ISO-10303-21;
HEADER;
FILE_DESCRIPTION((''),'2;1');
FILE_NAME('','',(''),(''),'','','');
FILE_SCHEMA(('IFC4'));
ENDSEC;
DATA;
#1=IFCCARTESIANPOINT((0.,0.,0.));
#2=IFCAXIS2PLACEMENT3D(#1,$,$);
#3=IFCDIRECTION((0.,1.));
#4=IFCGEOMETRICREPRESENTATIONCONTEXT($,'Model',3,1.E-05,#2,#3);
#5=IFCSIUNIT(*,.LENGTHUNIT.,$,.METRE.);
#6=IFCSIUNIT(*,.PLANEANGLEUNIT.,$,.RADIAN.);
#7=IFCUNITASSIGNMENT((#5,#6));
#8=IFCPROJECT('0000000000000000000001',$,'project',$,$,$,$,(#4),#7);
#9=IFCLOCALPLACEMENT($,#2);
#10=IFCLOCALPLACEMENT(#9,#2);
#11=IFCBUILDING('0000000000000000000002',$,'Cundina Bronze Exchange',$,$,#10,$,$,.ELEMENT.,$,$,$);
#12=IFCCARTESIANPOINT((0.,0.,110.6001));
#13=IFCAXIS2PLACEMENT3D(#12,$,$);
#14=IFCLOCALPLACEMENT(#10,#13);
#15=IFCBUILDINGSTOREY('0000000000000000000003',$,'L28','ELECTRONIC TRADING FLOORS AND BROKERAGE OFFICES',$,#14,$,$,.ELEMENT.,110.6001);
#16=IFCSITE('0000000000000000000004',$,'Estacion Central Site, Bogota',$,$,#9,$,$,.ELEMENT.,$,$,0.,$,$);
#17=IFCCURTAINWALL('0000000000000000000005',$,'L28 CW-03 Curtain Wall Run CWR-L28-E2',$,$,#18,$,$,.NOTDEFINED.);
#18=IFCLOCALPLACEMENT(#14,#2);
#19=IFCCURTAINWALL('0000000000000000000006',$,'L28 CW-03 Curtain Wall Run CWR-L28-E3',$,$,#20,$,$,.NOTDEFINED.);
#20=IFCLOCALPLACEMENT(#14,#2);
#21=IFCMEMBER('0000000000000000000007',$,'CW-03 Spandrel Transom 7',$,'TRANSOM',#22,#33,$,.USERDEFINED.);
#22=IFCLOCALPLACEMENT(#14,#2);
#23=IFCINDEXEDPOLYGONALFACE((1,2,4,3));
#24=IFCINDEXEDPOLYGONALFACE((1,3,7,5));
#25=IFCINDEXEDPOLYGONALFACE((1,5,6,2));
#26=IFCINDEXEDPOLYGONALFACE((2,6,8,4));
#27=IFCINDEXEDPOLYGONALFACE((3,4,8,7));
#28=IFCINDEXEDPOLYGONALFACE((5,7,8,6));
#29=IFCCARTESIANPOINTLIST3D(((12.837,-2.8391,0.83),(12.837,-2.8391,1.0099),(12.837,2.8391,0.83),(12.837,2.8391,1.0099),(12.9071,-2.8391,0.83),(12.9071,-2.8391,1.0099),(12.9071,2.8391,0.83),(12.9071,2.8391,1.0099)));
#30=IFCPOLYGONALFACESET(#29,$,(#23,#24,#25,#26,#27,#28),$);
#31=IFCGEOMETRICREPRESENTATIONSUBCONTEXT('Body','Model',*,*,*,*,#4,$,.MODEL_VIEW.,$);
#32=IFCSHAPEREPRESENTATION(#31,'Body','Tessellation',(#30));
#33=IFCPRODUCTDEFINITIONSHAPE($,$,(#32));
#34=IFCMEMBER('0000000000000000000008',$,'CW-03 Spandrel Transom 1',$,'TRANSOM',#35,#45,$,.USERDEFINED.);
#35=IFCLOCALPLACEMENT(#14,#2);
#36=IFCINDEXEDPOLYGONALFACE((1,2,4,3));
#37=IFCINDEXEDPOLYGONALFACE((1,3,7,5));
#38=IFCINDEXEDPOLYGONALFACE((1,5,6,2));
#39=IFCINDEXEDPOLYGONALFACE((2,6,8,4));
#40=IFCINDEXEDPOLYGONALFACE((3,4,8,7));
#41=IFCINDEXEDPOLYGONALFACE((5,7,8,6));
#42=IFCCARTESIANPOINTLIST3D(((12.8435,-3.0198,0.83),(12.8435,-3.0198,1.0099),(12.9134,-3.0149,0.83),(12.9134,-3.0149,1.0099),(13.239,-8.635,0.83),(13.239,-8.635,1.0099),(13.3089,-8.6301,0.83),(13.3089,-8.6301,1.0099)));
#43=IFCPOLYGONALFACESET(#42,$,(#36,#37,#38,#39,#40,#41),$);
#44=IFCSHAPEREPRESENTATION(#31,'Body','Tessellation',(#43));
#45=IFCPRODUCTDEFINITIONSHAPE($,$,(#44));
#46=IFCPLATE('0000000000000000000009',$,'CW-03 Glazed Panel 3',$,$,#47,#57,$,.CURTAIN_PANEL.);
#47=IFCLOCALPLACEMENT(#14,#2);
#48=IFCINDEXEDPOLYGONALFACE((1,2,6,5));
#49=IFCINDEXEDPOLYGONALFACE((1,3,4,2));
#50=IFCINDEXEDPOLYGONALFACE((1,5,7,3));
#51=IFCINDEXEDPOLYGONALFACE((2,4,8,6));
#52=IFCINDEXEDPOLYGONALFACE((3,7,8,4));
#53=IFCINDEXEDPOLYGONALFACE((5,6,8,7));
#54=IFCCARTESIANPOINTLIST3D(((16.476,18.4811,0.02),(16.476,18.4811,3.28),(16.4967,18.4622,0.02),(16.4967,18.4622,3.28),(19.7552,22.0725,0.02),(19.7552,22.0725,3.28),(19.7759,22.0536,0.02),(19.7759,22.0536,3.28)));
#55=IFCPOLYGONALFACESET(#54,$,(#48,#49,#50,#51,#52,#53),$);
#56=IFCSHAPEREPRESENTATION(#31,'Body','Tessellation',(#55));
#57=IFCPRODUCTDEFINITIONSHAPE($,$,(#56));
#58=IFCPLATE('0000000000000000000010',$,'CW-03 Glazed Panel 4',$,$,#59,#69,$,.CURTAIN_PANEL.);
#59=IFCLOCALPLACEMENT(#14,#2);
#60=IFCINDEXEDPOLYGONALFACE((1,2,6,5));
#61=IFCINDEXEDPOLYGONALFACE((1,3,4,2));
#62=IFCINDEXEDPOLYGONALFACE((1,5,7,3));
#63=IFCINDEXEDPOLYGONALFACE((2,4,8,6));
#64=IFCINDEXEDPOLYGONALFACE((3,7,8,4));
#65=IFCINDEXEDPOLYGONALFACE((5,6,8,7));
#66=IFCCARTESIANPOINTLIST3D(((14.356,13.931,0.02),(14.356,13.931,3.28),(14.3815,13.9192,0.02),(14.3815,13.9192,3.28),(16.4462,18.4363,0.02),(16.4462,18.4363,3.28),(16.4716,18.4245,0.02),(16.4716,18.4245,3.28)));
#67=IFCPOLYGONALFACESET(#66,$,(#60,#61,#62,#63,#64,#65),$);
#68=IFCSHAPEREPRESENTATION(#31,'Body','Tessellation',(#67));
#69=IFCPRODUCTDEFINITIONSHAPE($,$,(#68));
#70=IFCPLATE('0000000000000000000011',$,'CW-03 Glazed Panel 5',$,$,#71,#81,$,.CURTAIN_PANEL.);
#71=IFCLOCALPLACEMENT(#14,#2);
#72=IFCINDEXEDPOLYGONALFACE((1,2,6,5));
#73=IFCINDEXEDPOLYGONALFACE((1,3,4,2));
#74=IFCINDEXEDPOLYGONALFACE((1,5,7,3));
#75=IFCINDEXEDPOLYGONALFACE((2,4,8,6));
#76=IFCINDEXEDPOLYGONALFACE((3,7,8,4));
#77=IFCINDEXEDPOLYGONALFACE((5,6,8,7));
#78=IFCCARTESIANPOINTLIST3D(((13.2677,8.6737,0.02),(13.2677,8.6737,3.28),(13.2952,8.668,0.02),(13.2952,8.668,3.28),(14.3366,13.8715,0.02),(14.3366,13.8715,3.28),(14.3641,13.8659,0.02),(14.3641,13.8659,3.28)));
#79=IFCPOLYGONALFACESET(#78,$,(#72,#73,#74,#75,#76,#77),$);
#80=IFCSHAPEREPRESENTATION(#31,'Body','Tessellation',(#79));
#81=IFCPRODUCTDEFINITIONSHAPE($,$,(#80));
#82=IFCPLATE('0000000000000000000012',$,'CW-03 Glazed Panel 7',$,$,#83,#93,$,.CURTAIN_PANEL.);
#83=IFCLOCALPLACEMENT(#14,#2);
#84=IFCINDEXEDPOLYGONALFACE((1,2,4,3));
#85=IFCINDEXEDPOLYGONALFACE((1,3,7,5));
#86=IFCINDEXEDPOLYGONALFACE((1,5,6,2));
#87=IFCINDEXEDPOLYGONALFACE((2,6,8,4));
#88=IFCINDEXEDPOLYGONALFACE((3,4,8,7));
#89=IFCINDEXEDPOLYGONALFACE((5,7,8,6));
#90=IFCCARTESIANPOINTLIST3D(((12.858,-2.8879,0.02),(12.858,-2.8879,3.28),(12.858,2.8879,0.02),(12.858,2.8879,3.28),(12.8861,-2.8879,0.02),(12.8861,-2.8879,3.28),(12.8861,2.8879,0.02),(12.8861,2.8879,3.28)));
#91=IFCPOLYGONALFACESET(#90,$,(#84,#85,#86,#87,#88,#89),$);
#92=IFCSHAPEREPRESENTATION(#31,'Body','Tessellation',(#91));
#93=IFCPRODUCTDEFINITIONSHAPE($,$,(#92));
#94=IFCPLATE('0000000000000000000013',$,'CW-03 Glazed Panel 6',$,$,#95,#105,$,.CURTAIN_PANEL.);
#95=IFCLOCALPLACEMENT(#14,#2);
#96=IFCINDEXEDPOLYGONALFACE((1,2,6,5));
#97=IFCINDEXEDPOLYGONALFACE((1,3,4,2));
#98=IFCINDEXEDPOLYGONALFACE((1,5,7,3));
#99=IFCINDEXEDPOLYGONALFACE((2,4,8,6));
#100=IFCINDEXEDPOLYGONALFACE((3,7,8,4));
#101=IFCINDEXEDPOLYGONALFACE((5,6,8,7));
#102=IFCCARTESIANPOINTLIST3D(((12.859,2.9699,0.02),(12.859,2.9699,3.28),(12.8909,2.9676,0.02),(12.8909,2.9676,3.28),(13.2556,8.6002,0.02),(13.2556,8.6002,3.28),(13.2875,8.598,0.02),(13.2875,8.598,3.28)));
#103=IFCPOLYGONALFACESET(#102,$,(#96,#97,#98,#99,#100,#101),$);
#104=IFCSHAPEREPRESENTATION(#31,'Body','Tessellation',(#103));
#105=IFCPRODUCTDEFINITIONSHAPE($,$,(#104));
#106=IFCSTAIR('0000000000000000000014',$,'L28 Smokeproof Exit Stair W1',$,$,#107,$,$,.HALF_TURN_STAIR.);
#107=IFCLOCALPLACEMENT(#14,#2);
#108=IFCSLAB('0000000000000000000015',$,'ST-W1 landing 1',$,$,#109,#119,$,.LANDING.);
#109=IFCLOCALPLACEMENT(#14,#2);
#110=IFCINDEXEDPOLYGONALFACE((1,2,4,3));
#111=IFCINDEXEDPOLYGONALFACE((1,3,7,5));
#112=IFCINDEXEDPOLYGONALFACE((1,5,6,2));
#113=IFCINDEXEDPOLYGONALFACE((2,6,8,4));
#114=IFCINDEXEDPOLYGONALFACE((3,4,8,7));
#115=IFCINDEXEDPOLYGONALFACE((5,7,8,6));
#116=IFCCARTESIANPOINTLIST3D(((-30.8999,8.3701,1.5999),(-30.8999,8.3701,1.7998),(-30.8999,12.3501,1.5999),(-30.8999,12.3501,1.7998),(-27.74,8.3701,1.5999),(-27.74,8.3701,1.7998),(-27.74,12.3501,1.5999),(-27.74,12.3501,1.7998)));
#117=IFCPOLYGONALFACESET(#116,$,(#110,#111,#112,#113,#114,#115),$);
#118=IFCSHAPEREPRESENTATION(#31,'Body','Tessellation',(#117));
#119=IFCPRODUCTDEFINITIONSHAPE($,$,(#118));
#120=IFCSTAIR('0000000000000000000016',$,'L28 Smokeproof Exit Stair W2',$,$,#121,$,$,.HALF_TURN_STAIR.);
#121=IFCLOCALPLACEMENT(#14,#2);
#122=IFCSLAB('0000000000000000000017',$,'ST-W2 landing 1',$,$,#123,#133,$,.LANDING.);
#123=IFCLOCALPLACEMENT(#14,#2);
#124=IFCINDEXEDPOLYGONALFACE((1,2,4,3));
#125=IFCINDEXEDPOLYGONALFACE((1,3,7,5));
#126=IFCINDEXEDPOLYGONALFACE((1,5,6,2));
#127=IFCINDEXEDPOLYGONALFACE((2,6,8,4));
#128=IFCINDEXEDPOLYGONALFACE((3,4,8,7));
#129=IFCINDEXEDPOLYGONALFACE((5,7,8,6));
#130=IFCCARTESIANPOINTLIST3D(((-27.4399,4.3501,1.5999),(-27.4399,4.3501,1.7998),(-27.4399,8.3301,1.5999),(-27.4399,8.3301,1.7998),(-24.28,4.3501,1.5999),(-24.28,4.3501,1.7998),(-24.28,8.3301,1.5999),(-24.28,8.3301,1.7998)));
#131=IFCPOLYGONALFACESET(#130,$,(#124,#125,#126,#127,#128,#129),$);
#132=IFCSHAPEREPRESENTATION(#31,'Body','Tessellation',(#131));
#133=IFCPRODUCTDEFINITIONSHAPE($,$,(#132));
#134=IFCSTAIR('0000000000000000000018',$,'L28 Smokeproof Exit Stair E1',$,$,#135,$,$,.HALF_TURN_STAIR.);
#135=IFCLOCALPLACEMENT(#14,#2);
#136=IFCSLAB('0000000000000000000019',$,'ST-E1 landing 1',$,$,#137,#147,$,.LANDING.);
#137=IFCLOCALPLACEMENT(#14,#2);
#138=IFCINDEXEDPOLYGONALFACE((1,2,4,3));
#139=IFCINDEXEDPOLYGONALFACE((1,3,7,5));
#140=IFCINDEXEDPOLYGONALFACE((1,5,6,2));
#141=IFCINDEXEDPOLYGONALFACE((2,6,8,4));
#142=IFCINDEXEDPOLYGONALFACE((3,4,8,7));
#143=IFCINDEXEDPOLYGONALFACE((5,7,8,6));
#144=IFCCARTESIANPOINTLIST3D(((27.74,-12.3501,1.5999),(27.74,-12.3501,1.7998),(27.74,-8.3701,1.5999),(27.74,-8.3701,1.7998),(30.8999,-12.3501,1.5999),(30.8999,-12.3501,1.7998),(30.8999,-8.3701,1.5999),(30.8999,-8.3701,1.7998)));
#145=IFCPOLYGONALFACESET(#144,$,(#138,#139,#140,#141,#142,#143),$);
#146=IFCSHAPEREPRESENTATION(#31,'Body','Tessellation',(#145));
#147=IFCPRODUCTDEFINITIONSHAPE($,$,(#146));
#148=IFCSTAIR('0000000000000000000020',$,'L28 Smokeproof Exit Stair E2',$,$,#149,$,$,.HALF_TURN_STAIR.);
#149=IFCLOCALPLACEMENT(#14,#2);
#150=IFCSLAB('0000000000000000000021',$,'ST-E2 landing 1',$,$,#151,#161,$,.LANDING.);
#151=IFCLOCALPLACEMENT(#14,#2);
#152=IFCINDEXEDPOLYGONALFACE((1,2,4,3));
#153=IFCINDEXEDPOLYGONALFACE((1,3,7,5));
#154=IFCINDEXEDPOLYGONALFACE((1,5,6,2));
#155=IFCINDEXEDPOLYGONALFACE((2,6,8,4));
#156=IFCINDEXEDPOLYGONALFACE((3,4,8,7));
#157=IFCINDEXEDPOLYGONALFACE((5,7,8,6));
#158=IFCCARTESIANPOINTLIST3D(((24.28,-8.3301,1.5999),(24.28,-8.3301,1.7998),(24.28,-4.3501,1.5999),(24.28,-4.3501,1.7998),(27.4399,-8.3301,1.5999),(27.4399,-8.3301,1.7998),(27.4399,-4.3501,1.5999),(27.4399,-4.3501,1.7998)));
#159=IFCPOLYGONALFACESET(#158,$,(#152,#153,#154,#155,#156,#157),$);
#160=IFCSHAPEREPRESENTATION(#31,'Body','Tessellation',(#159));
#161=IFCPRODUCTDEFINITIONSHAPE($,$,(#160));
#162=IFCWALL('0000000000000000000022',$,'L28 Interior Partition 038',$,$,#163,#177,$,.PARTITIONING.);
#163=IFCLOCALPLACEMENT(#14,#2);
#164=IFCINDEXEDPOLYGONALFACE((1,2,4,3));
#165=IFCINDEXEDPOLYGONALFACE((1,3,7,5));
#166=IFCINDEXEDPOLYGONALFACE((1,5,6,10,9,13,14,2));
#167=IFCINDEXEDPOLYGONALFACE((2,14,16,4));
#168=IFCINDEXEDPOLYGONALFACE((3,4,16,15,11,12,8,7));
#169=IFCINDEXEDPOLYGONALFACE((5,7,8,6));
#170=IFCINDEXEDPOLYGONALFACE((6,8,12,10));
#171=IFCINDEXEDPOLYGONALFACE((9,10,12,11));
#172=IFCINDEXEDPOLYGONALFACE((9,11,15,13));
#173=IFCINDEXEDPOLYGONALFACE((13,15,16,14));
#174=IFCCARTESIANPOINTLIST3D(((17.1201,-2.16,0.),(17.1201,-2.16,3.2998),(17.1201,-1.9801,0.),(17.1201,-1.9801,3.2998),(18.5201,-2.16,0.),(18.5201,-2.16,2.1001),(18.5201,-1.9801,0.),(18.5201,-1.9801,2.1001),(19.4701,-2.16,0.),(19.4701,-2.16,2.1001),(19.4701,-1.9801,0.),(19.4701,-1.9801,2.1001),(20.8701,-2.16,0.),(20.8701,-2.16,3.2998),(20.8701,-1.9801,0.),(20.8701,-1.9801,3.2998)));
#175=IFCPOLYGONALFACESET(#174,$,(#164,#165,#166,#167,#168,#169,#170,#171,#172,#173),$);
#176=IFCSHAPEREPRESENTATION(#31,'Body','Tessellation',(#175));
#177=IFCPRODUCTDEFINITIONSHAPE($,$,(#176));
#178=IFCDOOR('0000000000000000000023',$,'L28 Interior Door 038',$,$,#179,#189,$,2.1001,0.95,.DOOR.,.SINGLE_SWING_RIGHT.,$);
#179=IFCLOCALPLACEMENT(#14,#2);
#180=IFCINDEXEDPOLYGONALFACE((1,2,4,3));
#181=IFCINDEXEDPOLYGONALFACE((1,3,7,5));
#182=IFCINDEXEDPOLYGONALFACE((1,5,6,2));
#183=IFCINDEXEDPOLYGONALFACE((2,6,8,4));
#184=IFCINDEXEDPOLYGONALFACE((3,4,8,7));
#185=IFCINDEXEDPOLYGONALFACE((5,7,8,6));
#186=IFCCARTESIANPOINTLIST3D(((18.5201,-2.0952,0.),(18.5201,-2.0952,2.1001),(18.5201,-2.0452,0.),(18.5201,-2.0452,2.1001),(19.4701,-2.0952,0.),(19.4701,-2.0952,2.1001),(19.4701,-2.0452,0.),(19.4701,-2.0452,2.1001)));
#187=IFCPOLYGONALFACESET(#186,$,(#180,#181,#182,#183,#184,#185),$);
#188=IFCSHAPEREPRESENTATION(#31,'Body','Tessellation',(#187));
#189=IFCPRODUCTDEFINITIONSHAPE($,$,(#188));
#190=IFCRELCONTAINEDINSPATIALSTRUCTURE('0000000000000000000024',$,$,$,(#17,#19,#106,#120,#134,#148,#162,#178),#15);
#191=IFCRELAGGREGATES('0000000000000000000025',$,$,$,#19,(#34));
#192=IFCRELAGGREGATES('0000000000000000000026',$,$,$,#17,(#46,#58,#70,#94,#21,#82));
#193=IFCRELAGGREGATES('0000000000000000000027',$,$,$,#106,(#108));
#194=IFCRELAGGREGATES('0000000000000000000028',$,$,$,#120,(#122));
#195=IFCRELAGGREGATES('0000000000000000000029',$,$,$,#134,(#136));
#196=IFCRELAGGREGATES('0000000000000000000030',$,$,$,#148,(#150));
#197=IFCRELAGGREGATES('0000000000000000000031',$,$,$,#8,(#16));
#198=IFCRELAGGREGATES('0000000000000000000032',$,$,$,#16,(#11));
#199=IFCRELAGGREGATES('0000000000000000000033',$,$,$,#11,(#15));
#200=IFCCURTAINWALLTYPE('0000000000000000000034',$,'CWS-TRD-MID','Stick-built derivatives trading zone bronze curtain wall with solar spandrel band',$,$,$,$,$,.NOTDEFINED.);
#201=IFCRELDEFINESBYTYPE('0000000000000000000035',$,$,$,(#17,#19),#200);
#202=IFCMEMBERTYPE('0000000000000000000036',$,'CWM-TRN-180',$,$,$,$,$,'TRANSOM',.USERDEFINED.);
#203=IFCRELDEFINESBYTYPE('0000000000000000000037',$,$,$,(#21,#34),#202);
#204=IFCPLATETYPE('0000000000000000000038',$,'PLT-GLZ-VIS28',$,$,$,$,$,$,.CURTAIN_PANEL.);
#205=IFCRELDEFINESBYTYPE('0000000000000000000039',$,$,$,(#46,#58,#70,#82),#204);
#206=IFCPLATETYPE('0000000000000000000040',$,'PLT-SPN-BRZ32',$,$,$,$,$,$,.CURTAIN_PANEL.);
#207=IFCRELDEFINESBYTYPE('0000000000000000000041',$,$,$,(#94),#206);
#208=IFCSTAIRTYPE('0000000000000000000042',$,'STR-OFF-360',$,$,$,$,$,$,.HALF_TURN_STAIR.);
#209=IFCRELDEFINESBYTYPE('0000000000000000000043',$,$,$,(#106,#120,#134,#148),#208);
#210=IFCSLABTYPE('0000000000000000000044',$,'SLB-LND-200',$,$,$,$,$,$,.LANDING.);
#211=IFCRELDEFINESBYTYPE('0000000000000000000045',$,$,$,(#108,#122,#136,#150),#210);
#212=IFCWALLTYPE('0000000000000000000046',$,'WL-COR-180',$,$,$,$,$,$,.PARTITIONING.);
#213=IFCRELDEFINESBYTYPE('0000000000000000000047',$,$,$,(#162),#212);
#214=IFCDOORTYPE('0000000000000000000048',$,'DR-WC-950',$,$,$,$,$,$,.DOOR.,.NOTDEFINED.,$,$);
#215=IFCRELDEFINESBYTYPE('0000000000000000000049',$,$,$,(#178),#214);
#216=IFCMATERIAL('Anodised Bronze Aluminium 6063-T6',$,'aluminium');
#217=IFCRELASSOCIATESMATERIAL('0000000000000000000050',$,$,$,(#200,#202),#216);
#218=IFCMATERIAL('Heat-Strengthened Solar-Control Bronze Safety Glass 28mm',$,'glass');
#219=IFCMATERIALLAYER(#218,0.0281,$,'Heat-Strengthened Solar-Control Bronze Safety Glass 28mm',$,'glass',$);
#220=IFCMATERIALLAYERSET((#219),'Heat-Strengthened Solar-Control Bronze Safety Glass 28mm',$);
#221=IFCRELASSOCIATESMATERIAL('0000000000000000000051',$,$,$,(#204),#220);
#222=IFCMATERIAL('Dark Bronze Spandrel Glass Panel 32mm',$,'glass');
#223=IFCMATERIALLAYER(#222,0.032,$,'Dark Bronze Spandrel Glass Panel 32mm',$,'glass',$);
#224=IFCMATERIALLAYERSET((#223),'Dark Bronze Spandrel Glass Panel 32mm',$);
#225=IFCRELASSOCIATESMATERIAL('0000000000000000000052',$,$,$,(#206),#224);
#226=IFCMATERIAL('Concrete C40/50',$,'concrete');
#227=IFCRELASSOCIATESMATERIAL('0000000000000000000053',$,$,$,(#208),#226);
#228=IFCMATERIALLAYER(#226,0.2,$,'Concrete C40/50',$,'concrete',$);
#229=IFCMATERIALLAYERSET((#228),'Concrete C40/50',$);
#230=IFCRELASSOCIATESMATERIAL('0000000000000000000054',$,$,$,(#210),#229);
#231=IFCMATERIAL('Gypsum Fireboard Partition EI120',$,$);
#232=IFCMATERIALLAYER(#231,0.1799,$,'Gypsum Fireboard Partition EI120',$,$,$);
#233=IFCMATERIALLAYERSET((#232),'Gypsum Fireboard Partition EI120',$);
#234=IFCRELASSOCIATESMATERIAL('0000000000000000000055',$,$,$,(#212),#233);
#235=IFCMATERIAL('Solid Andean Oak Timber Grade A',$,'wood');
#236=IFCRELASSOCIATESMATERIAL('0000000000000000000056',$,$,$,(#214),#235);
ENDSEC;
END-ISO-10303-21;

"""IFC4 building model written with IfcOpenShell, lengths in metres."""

from ifc_helpers import new_model, si_unit, direction, frame, frame_2d, origin, origin_2d, place, context, subcontext, project, spatial, polyline, rectangle, outline, extrude, material, layer, layer_set, material_profile, profile_set, type_object, element, fill, aggregate, save


model = new_model("IFC4")

# Units and contexts
model_context = context("Model", 3, precision=1e-05, world=origin(), true_north=direction((0.0, 1.0)))
body_context = subcontext(model_context, "Body", "Model", "MODEL_VIEW")
ifc_project = project(units=[si_unit("LENGTHUNIT", "METRE"), si_unit("PLANEANGLEUNIT", "RADIAN")], contexts=[model_context])

# Site, building, storey
site_placement = place(None, origin())
site = spatial("IfcSite", under=ifc_project, at=site_placement, Name="Estacion Central Site, Bogota", CompositionType="ELEMENT", RefElevation=0.0)
building_placement = place(site_placement, origin())
building = spatial("IfcBuilding", under=site, at=building_placement, Name="Cundina Bronze Exchange", CompositionType="ELEMENT")
storey_placement = place(building_placement, frame((0.0, 0.0, 110.6001)))
storey = spatial("IfcBuildingStorey", under=building, at=storey_placement, Name="L28", Description="ELECTRONIC TRADING FLOORS AND BROKERAGE OFFICES", CompositionType="ELEMENT", Elevation=110.6001)

# Curtain wall
ifc_material_1 = material(Name="Anodised Bronze Aluminium 6063-T6", Category="aluminium")
curtain_wall_type = type_object("IfcCurtainWallType", Name="CWS-TRD-MID", Description="Stick-built derivatives trading zone bronze curtain wall with solar spandrel band", PredefinedType="NOTDEFINED", material=ifc_material_1)
curtain_wall_1_placement = place(storey_placement, origin())
curtain_wall_1 = element("IfcCurtainWall", 1, at=curtain_wall_1_placement, inside=storey, type_object=curtain_wall_type, Name="L28 CW-03 Curtain Wall Run CWR-L28-E2", PredefinedType="NOTDEFINED")

# Curtain wall
curtain_wall_2_placement = place(storey_placement, origin())
curtain_wall_2 = element("IfcCurtainWall", 2, at=curtain_wall_2_placement, inside=storey, type_object=curtain_wall_type, Name="L28 CW-03 Curtain Wall Run CWR-L28-E3", PredefinedType="NOTDEFINED")

# Members
ifc_material_profile_1 = material_profile(ifc_material_1, rectangle(XDim=0.0701, YDim=0.1799, at=origin_2d()), Name="AL70X180", Category="aluminium")
ifc_profile_set_1 = profile_set([ifc_material_profile_1], Name="Anodised Bronze Aluminium 6063-T6")
member_type_1 = type_object("IfcMemberType", Name="CWM-TRN-180", ElementType="TRANSOM", PredefinedType="USERDEFINED", material=ifc_profile_set_1)
member_1_placement = place(storey_placement, frame((12.8721, 2.8391, 0.9199), z_axis=(0.0, -1.0, 0.0), x_axis=(1.0, 0.0, 0.0)))
member_1 = element("IfcMember", 3, at=member_1_placement, type_object=member_type_1, Name="CW-03 Spandrel Transom 7", ObjectType="TRANSOM", PredefinedType="USERDEFINED", context=body_context, shape_type="SweptSolid", body=[
    extrude(rectangle(XDim=0.0701, YDim=0.1799, at=origin_2d()), origin(), (0.0, 0.0, 1.0), 5.6782),
])
member_2_placement = place(storey_placement, frame((12.8784, -3.0173, 0.9199), z_axis=(0.070261, -0.997529, 0.0), x_axis=(0.997529, 0.070261, 0.0)))
member_2 = element("IfcMember", 4, at=member_2_placement, type_object=member_type_1, Name="CW-03 Spandrel Transom 1", ObjectType="TRANSOM", PredefinedType="USERDEFINED", context=body_context, shape_type="SweptSolid", body=[
    extrude(rectangle(XDim=0.0701, YDim=0.1799, at=origin_2d()), origin(), (0.0, 0.0, 1.0), 5.6292),
])
aggregate(curtain_wall_2, [member_2])

# Plates
ifc_material_2 = material(Name="Heat-Strengthened Solar-Control Bronze Safety Glass 28mm", Category="glass")
ifc_layer_1 = layer(ifc_material_2, 0.0281, Name="Heat-Strengthened Solar-Control Bronze Safety Glass 28mm", Category="glass")
ifc_layer_set_1 = layer_set([ifc_layer_1], Name="Heat-Strengthened Solar-Control Bronze Safety Glass 28mm")
plate_type_1 = type_object("IfcPlateType", Name="PLT-GLZ-VIS28", PredefinedType="CURTAIN_PANEL", material=ifc_layer_set_1)
plate_1_placement = place(storey_placement, frame((18.126, 20.2673, 0.02), z_axis=(0.0, 0.0, 1.0), x_axis=(-0.674277, -0.738479, 0.0)))
plate_1 = element("IfcPlate", 5, at=plate_1_placement, type_object=plate_type_1, Name="CW-03 Glazed Panel 3", PredefinedType="CURTAIN_PANEL", context=body_context, shape_type="SweptSolid", body=[
    extrude(rectangle(XDim=4.8633, YDim=0.0281, at=origin_2d()), origin(), (0.0, 0.0, 1.0), 3.26),
])
plate_2_placement = place(storey_placement, frame((15.4138, 16.1777, 0.02), z_axis=(0.0, 0.0, 1.0), x_axis=(-0.420846, -0.907132, 0.0)))
plate_2 = element("IfcPlate", 6, at=plate_2_placement, type_object=plate_type_1, Name="CW-03 Glazed Panel 4", PredefinedType="CURTAIN_PANEL", context=body_context, shape_type="SweptSolid", body=[
    extrude(rectangle(XDim=4.9666, YDim=0.0281, at=origin_2d()), origin(), (0.0, 0.0, 1.0), 3.26),
])
plate_3_placement = place(storey_placement, frame((13.8159, 11.2698, 0.02), z_axis=(0.0, 0.0, 1.0), x_axis=(-0.20142, -0.979505, 0.0)))
plate_3 = element("IfcPlate", 7, at=plate_3_placement, type_object=plate_type_1, Name="CW-03 Glazed Panel 5", PredefinedType="CURTAIN_PANEL", context=body_context, shape_type="SweptSolid", body=[
    extrude(rectangle(XDim=5.3066, YDim=0.0281, at=origin_2d()), origin(), (0.0, 0.0, 1.0), 3.26),
])
plate_4_placement = place(storey_placement, frame((12.8721, 0.0, 0.02), z_axis=(0.0, 0.0, 1.0), x_axis=(0.0, -1.0, 0.0)))
plate_4 = element("IfcPlate", 8, at=plate_4_placement, type_object=plate_type_1, Name="CW-03 Glazed Panel 7", PredefinedType="CURTAIN_PANEL", context=body_context, shape_type="SweptSolid", body=[
    extrude(rectangle(XDim=5.7759, YDim=0.0281, at=origin_2d()), origin(), (0.0, 0.0, 1.0), 3.26),
])
ifc_material_3 = material(Name="Dark Bronze Spandrel Glass Panel 32mm", Category="glass")
ifc_layer_2 = layer(ifc_material_3, 0.032, Name="Dark Bronze Spandrel Glass Panel 32mm", Category="glass")
ifc_layer_set_2 = layer_set([ifc_layer_2], Name="Dark Bronze Spandrel Glass Panel 32mm")
plate_type_2 = type_object("IfcPlateType", Name="PLT-SPN-BRZ32", PredefinedType="CURTAIN_PANEL", material=ifc_layer_set_2)
plate_5_placement = place(storey_placement, frame((13.0732, 5.7839, 0.02), z_axis=(0.0, 0.0, 1.0), x_axis=(-0.070279, -0.997527, 0.0)))
plate_5 = element("IfcPlate", 9, at=plate_5_placement, type_object=plate_type_2, Name="CW-03 Glazed Panel 6", PredefinedType="CURTAIN_PANEL", context=body_context, shape_type="SweptSolid", body=[
    extrude(rectangle(XDim=5.6443, YDim=0.032, at=origin_2d()), origin(), (0.0, 0.0, 1.0), 3.26),
])
aggregate(curtain_wall_1, [plate_1, plate_2, plate_3, plate_5, member_1, plate_4])

# Stairs, slabs
ifc_material_4 = material(Name="Concrete C40/50", Category="concrete")
stair_type = type_object("IfcStairType", Name="STR-OFF-360", PredefinedType="HALF_TURN_STAIR", material=ifc_material_4)
stair_1_placement = place(storey_placement, origin())
stair_1 = element("IfcStair", 10, at=stair_1_placement, inside=storey, type_object=stair_type, Name="L28 Smokeproof Exit Stair W1", PredefinedType="HALF_TURN_STAIR")
ifc_layer_3 = layer(ifc_material_4, 0.2, Name="Concrete C40/50", Category="concrete")
ifc_layer_set_3 = layer_set([ifc_layer_3], Name="Concrete C40/50")
slab_type = type_object("IfcSlabType", Name="SLB-LND-200", PredefinedType="LANDING", material=ifc_layer_set_3)
slab_1_placement = place(storey_placement, frame((0.0, 0.0, 1.5999)))
slab_1 = element("IfcSlab", 11, at=slab_1_placement, type_object=slab_type, Name="ST-W1 landing 1", PredefinedType="LANDING", context=body_context, shape_type="SweptSolid", body=[
    extrude(outline(polyline([(-27.74, 8.3701), (-27.74, 12.3501), (-30.8999, 12.3501), (-30.8999, 8.3701), (-27.74, 8.3701)])), origin(), (0.0, 0.0, 1.0), 0.2),
])
aggregate(stair_1, [slab_1])
stair_2_placement = place(storey_placement, origin())
stair_2 = element("IfcStair", 12, at=stair_2_placement, inside=storey, type_object=stair_type, Name="L28 Smokeproof Exit Stair W2", PredefinedType="HALF_TURN_STAIR")
slab_2_placement = place(storey_placement, frame((0.0, 0.0, 1.5999)))
slab_2 = element("IfcSlab", 13, at=slab_2_placement, type_object=slab_type, Name="ST-W2 landing 1", PredefinedType="LANDING", context=body_context, shape_type="SweptSolid", body=[
    extrude(outline(polyline([(-27.4399, 8.3301), (-27.4399, 4.3501), (-24.28, 4.3501), (-24.28, 8.3301), (-27.4399, 8.3301)])), origin(), (0.0, 0.0, 1.0), 0.2),
])
aggregate(stair_2, [slab_2])
stair_3_placement = place(storey_placement, origin())
stair_3 = element("IfcStair", 14, at=stair_3_placement, inside=storey, type_object=stair_type, Name="L28 Smokeproof Exit Stair E1", PredefinedType="HALF_TURN_STAIR")
slab_3_placement = place(storey_placement, frame((0.0, 0.0, 1.5999)))
slab_3 = element("IfcSlab", 15, at=slab_3_placement, type_object=slab_type, Name="ST-E1 landing 1", PredefinedType="LANDING", context=body_context, shape_type="SweptSolid", body=[
    extrude(outline(polyline([(27.74, -8.3701), (27.74, -12.3501), (30.8999, -12.3501), (30.8999, -8.3701), (27.74, -8.3701)])), origin(), (0.0, 0.0, 1.0), 0.2),
])
aggregate(stair_3, [slab_3])
stair_4_placement = place(storey_placement, origin())
stair_4 = element("IfcStair", 16, at=stair_4_placement, inside=storey, type_object=stair_type, Name="L28 Smokeproof Exit Stair E2", PredefinedType="HALF_TURN_STAIR")
slab_4_placement = place(storey_placement, frame((0.0, 0.0, 1.5999)))
slab_4 = element("IfcSlab", 17, at=slab_4_placement, type_object=slab_type, Name="ST-E2 landing 1", PredefinedType="LANDING", context=body_context, shape_type="SweptSolid", body=[
    extrude(outline(polyline([(27.4399, -8.3301), (27.4399, -4.3501), (24.28, -4.3501), (24.28, -8.3301), (27.4399, -8.3301)])), origin(), (0.0, 0.0, 1.0), 0.2),
])
aggregate(stair_4, [slab_4])

# Wall, opening, door
ifc_material_5 = material(Name="Gypsum Fireboard Partition EI120")
ifc_layer_4 = layer(ifc_material_5, 0.1799, Name="Gypsum Fireboard Partition EI120")
ifc_layer_set_4 = layer_set([ifc_layer_4], Name="Gypsum Fireboard Partition EI120")
wall_type_1 = type_object("IfcWallType", Name="WL-COR-180", PredefinedType="PARTITIONING", material=ifc_layer_set_4)
wall_1_placement = place(storey_placement, frame((17.1201, -2.0701, 0.0), z_axis=(0.0, 0.0, 1.0), x_axis=(1.0, 0.0, 0.0)))
wall_1 = element("IfcWall", 18, at=wall_1_placement, inside=storey, type_object=wall_type_1, Name="L28 Interior Partition 038", PredefinedType="PARTITIONING", context=body_context, shape_type="SweptSolid", body=[
    extrude(rectangle(XDim=3.75, YDim=0.1799, at=frame_2d((1.875, 0.0))), origin(), (0.0, 0.0, 1.0), 3.2998),
])
opening_placement = place(wall_1_placement, frame((1.3999, 0.0, 0.0)))
opening = element("IfcOpeningElement", 19, at=opening_placement, cuts=wall_1, PredefinedType="OPENING", context=body_context, shape_type="SweptSolid", body=[
    extrude(rectangle(XDim=0.95, YDim=2.1001, at=frame_2d((0.4751, 1.05))), frame((0.0, 0.0999, 0.0), z_axis=(0.0, -1.0, 0.0), x_axis=(1.0, 0.0, 0.0)), (0.0, 0.0, 1.0), 0.2),
])
ifc_material_6 = material(Name="Solid Andean Oak Timber Grade A", Category="wood")
door_type = type_object("IfcDoorType", Name="DR-WC-950", OperationType="NOTDEFINED", PredefinedType="DOOR", material=ifc_material_6)
door_placement = place(opening_placement, origin())
door = element("IfcDoor", 20, at=door_placement, inside=storey, type_object=door_type, Name="L28 Interior Door 038", OperationType="SINGLE_SWING_RIGHT", OverallHeight=2.1001, OverallWidth=0.95, PredefinedType="DOOR", context=body_context, shape_type="SweptSolid", body=[
    extrude(rectangle(XDim=0.95, YDim=2.1001, at=frame_2d((0.4751, 1.05))), frame((0.0, 0.0249, 0.0), z_axis=(0.0, -1.0, 0.0), x_axis=(1.0, 0.0, 0.0)), (0.0, 0.0, 1.0), 0.05),
])
fill(opening, door)

save(model, "model.ifc")
